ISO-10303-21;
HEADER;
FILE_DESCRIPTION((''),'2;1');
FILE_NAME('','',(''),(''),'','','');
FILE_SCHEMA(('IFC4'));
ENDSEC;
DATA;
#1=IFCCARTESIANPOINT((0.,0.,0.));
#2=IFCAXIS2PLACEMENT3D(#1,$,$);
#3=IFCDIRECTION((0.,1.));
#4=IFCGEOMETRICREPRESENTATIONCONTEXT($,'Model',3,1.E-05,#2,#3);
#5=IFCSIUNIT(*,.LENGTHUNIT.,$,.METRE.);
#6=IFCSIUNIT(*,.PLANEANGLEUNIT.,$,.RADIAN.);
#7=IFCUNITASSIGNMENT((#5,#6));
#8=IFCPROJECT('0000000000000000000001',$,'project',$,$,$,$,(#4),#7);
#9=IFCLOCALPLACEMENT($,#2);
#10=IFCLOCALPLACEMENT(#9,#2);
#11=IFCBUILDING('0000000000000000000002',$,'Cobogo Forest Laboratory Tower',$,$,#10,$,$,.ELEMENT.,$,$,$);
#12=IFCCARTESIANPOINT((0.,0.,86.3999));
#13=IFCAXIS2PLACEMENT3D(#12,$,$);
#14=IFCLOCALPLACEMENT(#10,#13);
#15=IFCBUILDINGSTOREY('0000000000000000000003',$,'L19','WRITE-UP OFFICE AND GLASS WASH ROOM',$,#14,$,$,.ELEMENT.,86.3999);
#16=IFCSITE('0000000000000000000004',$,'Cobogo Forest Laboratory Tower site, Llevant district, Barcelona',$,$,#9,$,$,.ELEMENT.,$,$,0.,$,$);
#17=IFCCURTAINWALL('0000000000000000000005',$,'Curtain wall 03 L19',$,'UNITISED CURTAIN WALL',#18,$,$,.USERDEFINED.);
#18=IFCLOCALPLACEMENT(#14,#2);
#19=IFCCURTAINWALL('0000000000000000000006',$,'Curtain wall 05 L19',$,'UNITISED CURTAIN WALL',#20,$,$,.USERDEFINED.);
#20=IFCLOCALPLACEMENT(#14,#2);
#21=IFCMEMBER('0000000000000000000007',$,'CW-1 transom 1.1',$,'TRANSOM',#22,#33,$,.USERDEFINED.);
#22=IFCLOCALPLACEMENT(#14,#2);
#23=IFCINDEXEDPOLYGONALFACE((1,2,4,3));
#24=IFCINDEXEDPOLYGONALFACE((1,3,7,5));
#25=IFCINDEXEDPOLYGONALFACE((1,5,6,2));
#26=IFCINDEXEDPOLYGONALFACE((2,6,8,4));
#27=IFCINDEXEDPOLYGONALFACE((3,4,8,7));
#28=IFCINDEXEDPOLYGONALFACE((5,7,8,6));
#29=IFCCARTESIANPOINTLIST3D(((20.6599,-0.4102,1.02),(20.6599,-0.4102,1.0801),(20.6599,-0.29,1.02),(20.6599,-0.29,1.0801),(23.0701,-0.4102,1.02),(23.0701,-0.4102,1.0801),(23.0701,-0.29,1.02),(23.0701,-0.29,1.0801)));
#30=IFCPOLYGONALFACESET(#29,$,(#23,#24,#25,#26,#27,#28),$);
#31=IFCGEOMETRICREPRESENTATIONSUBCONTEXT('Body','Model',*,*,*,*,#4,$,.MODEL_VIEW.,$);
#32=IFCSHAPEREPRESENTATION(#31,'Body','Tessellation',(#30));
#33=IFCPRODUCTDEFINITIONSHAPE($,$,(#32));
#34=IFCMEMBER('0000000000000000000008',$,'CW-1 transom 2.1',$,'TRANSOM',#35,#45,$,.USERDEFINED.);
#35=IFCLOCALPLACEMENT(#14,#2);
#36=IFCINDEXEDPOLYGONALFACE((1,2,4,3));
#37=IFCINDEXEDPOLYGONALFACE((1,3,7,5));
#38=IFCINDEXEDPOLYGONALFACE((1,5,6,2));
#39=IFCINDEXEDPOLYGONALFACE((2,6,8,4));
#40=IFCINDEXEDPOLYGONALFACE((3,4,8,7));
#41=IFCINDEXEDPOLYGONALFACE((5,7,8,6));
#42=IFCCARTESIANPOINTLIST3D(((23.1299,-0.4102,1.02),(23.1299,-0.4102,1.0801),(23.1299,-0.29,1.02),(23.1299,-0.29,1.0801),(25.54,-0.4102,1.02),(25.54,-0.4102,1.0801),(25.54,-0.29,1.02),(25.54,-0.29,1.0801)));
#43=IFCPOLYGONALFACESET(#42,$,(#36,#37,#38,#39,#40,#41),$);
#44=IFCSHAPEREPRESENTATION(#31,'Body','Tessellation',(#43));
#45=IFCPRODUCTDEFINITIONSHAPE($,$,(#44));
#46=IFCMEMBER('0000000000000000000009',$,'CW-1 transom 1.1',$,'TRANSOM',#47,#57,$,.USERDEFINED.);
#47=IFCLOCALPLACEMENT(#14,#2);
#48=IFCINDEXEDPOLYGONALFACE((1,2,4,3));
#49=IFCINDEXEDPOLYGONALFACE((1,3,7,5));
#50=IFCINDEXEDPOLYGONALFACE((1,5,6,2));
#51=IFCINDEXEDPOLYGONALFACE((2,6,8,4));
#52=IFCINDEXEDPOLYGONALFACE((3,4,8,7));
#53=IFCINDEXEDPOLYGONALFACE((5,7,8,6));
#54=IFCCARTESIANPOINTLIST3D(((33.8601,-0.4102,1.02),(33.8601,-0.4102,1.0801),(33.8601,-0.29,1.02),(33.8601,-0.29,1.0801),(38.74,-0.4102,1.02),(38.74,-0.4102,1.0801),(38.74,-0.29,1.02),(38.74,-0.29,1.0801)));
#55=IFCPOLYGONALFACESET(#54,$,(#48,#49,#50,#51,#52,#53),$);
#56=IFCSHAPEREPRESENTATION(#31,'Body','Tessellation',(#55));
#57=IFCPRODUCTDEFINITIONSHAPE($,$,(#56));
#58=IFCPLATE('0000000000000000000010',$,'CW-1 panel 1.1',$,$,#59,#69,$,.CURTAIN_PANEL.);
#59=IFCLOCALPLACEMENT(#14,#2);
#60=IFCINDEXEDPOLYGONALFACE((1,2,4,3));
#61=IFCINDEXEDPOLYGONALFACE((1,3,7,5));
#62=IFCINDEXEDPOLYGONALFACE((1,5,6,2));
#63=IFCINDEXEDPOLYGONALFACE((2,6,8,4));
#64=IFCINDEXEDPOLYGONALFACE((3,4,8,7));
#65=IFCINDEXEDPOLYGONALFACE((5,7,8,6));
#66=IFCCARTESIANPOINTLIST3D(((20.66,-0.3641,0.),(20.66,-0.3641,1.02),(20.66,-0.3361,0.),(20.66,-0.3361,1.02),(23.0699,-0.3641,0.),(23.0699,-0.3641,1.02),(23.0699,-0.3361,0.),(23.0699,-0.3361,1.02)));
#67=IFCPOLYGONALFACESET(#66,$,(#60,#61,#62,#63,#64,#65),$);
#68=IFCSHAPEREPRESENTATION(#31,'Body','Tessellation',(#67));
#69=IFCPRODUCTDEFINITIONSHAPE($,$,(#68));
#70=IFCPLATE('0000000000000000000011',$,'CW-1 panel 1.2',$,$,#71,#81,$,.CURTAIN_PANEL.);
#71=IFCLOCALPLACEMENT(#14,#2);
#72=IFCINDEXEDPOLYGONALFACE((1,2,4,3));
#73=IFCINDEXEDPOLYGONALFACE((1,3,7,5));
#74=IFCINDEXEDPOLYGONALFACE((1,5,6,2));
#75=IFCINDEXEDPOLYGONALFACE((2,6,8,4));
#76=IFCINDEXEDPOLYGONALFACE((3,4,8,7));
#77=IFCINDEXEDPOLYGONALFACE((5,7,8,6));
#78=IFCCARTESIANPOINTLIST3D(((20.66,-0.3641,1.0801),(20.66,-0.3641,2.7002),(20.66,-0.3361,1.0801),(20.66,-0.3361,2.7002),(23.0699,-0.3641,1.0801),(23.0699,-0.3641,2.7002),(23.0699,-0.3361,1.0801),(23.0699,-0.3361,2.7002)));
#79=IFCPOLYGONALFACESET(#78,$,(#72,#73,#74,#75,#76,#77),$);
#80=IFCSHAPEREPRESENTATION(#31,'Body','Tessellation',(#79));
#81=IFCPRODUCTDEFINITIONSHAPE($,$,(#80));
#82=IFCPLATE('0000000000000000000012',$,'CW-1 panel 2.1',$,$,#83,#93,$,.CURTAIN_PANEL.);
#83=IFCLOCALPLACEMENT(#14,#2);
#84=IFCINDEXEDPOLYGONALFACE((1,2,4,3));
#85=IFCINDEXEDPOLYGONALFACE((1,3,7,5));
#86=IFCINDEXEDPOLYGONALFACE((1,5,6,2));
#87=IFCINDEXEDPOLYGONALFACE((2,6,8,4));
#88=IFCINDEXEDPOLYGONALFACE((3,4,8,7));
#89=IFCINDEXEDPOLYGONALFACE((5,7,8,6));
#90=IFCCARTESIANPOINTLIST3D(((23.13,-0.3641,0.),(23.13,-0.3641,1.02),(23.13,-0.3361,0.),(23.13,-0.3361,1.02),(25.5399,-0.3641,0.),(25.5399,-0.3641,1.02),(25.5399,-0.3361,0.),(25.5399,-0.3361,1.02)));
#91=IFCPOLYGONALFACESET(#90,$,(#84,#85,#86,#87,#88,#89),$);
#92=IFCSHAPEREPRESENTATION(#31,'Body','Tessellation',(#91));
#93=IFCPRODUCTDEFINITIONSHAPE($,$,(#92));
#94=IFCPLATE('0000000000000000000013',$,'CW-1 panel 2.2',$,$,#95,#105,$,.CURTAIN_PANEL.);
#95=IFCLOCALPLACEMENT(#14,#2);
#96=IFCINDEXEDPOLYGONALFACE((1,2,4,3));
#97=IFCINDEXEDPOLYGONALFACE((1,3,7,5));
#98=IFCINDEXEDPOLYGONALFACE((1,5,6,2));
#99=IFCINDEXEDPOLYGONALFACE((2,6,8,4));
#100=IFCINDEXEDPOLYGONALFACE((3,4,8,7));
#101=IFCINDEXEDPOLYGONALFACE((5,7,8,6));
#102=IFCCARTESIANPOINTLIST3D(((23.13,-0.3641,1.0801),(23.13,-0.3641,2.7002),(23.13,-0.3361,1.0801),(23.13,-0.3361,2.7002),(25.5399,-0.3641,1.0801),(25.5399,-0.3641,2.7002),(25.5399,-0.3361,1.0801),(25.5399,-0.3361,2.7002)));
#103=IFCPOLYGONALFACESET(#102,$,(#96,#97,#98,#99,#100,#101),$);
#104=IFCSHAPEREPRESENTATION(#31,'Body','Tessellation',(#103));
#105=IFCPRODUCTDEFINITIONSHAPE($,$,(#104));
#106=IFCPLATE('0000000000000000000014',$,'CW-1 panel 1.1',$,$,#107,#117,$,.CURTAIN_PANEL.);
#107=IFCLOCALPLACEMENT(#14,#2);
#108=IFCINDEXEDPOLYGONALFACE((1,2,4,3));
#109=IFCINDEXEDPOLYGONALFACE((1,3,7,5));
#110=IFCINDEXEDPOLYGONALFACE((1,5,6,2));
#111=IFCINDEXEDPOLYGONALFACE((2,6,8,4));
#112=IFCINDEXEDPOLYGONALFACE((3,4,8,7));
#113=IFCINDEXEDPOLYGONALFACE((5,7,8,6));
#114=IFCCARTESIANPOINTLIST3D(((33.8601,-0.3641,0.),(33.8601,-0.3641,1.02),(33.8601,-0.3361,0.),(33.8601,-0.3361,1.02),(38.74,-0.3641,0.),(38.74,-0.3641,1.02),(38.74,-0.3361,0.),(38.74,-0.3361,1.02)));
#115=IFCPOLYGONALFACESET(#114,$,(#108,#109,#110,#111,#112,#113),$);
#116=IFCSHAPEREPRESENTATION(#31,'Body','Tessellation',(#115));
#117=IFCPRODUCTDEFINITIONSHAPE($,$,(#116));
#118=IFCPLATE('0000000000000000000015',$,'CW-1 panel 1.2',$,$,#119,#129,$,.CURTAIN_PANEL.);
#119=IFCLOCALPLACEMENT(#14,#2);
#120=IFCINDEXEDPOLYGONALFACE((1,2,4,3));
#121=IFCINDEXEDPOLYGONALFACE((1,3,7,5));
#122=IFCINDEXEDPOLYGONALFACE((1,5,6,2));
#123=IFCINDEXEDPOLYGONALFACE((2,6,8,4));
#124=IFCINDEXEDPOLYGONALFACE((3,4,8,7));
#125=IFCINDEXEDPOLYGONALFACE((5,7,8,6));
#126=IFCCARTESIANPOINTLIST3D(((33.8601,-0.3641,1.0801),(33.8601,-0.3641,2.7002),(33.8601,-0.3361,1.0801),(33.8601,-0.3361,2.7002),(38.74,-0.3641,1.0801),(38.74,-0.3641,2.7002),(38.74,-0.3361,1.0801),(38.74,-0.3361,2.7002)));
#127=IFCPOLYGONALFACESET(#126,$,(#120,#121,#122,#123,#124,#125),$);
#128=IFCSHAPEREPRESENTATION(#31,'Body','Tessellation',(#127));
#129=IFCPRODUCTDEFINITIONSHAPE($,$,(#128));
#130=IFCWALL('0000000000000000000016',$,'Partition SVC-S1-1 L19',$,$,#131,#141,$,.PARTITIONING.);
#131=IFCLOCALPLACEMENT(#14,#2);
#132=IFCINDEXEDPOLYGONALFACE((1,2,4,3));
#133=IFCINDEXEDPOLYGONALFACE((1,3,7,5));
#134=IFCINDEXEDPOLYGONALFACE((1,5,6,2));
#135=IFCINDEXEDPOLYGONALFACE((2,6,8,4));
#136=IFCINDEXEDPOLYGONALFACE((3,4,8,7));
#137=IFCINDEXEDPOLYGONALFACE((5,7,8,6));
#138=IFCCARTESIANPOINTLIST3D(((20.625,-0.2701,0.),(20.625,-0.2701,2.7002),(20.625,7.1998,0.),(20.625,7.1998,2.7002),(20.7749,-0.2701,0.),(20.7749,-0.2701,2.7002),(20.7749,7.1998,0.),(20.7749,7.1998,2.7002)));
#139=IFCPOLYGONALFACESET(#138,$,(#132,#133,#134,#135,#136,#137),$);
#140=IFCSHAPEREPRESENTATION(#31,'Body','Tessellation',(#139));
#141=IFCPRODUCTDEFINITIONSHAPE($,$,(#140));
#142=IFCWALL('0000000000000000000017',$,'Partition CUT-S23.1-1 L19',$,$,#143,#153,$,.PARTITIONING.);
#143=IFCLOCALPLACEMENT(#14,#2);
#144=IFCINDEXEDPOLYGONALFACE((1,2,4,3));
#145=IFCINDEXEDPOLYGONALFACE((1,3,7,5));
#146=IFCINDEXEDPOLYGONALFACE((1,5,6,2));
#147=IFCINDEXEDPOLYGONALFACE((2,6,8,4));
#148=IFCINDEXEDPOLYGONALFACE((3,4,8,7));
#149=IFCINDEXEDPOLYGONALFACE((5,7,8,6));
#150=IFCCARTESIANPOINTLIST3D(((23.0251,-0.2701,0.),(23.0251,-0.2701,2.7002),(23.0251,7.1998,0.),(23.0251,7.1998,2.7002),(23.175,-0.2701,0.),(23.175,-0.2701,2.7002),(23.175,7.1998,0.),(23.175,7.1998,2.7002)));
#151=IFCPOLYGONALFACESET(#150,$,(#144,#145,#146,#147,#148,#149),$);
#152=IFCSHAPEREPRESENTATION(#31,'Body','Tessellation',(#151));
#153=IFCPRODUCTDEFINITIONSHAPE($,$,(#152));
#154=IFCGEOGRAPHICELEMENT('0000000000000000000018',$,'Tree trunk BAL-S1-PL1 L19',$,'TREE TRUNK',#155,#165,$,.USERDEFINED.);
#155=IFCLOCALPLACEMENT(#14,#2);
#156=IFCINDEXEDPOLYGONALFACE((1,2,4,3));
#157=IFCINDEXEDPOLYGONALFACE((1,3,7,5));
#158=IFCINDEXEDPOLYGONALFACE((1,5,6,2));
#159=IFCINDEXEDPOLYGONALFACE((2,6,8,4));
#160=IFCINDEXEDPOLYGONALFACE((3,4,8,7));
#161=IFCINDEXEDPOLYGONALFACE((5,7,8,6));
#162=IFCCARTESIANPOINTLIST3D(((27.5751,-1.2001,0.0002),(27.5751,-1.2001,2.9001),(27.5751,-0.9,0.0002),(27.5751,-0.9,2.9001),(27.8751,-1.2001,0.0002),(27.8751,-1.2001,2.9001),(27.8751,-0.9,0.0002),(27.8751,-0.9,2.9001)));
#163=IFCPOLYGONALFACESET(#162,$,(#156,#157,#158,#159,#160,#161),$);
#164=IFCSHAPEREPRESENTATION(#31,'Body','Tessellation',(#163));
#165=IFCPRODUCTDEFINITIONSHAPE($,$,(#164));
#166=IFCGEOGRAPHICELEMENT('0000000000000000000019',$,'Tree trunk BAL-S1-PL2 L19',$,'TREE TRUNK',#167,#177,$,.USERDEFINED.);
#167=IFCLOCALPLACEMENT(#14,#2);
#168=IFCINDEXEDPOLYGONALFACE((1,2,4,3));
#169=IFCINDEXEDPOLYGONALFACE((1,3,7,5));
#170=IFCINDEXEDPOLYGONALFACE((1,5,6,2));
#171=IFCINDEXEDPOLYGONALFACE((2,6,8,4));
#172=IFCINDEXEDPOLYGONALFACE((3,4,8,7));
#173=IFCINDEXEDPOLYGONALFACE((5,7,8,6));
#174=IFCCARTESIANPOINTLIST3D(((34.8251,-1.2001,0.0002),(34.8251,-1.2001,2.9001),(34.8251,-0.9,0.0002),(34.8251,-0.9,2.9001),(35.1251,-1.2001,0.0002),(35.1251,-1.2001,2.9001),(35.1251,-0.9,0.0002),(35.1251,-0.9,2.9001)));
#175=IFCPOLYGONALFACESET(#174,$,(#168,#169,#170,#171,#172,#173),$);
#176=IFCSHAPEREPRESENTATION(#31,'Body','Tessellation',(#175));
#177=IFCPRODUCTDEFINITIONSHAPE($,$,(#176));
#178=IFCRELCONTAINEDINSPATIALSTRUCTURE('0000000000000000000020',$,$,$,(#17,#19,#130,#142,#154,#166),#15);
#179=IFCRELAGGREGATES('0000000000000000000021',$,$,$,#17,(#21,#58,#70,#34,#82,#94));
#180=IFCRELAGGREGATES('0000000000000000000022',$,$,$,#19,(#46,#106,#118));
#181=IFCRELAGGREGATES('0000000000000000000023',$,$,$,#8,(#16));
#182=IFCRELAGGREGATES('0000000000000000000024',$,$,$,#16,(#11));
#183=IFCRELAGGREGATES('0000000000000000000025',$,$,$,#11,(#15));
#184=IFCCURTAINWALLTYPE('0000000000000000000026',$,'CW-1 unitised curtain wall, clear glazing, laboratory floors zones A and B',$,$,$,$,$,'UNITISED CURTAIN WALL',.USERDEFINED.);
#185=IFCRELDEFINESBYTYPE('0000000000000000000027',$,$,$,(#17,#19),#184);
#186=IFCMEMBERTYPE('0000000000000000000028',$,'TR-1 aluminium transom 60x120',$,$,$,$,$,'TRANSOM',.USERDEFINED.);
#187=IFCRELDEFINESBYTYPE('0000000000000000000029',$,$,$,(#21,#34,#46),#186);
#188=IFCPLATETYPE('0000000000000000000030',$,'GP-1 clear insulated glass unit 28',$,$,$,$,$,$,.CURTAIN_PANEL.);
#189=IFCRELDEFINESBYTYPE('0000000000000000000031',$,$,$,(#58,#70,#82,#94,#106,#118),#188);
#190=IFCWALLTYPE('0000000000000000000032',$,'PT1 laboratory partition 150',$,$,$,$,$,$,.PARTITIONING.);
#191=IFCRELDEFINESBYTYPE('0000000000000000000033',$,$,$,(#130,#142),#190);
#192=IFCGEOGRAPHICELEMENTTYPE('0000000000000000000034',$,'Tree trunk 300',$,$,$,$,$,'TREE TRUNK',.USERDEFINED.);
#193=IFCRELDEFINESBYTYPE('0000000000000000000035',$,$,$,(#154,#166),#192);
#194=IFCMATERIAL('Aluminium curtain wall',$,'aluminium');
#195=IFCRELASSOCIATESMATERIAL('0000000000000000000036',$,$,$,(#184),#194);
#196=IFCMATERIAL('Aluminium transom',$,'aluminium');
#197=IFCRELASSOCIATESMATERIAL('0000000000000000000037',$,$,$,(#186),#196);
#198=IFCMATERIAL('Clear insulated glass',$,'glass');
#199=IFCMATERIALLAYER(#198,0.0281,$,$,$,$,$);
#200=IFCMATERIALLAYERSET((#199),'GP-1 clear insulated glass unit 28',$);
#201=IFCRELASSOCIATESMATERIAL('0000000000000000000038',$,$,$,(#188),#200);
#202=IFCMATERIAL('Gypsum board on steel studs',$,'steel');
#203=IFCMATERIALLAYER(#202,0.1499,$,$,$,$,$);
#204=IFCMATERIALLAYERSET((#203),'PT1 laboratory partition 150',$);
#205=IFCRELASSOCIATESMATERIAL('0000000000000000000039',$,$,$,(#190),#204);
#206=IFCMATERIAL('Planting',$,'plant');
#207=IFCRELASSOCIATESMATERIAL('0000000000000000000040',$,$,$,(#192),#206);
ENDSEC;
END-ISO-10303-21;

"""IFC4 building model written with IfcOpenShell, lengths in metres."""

from ifc_helpers import new_model, si_unit, direction, frame, frame_2d, origin, origin_2d, place, context, subcontext, project, spatial, rectangle, extrude, material, layer, layer_set, material_profile, profile_set, type_object, element, aggregate, save


model = new_model("IFC4")

# Units and contexts
model_context = context("Model", 3, precision=1e-05, world=origin(), true_north=direction((0.0, 1.0)))
body_context = subcontext(model_context, "Body", "Model", "MODEL_VIEW")
ifc_project = project(units=[si_unit("LENGTHUNIT", "METRE"), si_unit("PLANEANGLEUNIT", "RADIAN")], contexts=[model_context])

# Site, building, storey
site_placement = place(None, origin())
site = spatial("IfcSite", under=ifc_project, at=site_placement, Name="Cobogo Forest Laboratory Tower site, Llevant district, Barcelona", CompositionType="ELEMENT", RefElevation=0.0)
building_placement = place(site_placement, origin())
building = spatial("IfcBuilding", under=site, at=building_placement, Name="Cobogo Forest Laboratory Tower", CompositionType="ELEMENT")
storey_placement = place(building_placement, frame((0.0, 0.0, 86.3999)))
storey = spatial("IfcBuildingStorey", under=building, at=storey_placement, Name="L19", Description="WRITE-UP OFFICE AND GLASS WASH ROOM", CompositionType="ELEMENT", Elevation=86.3999)

# Curtain walls
ifc_material_1 = material(Name="Aluminium curtain wall", Category="aluminium")
curtain_wall_type = type_object("IfcCurtainWallType", Name="CW-1 unitised curtain wall, clear glazing, laboratory floors zones A and B", ElementType="UNITISED CURTAIN WALL", PredefinedType="USERDEFINED", material=ifc_material_1)
curtain_wall_1_placement = place(storey_placement, origin())
curtain_wall_1 = element("IfcCurtainWall", 1, at=curtain_wall_1_placement, inside=storey, type_object=curtain_wall_type, Name="Curtain wall 03 L19", ObjectType="UNITISED CURTAIN WALL", PredefinedType="USERDEFINED")
curtain_wall_2_placement = place(storey_placement, origin())
curtain_wall_2 = element("IfcCurtainWall", 2, at=curtain_wall_2_placement, inside=storey, type_object=curtain_wall_type, Name="Curtain wall 05 L19", ObjectType="UNITISED CURTAIN WALL", PredefinedType="USERDEFINED")

# Members
ifc_material_2 = material(Name="Aluminium transom", Category="aluminium")
ifc_material_profile_1 = material_profile(ifc_material_2, rectangle(XDim=0.1201, YDim=0.0601, at=origin_2d()), Name="AL 60x120")
ifc_profile_set_1 = profile_set([ifc_material_profile_1], Name="Aluminium transom")
member_type_1 = type_object("IfcMemberType", Name="TR-1 aluminium transom 60x120", ElementType="TRANSOM", PredefinedType="USERDEFINED", material=ifc_profile_set_1)
member_1_placement = place(storey_placement, frame((20.6599, -0.3501, 1.05), z_axis=(1.0, 0.0, 0.0), x_axis=(0.0, 1.0, 0.0)))
member_1 = element("IfcMember", 3, at=member_1_placement, type_object=member_type_1, Name="CW-1 transom 1.1", ObjectType="TRANSOM", PredefinedType="USERDEFINED", context=body_context, shape_type="SweptSolid", body=[
    extrude(rectangle(XDim=0.1201, YDim=0.0601, at=origin_2d()), origin(), (0.0, 0.0, 1.0), 2.4102),
])
member_2_placement = place(storey_placement, frame((23.1299, -0.3501, 1.05), z_axis=(1.0, 0.0, 0.0), x_axis=(0.0, 1.0, 0.0)))
member_2 = element("IfcMember", 4, at=member_2_placement, type_object=member_type_1, Name="CW-1 transom 2.1", ObjectType="TRANSOM", PredefinedType="USERDEFINED", context=body_context, shape_type="SweptSolid", body=[
    extrude(rectangle(XDim=0.1201, YDim=0.0601, at=origin_2d()), origin(), (0.0, 0.0, 1.0), 2.4102),
])
member_3_placement = place(storey_placement, frame((33.8601, -0.3501, 1.05), z_axis=(1.0, 0.0, 0.0), x_axis=(0.0, 1.0, 0.0)))
member_3 = element("IfcMember", 5, at=member_3_placement, type_object=member_type_1, Name="CW-1 transom 1.1", ObjectType="TRANSOM", PredefinedType="USERDEFINED", context=body_context, shape_type="SweptSolid", body=[
    extrude(rectangle(XDim=0.1201, YDim=0.0601, at=origin_2d()), origin(), (0.0, 0.0, 1.0), 4.8799),
])

# Plates
ifc_material_3 = material(Name="Clear insulated glass", Category="glass")
ifc_layer_1 = layer(ifc_material_3, 0.0281)
ifc_layer_set_1 = layer_set([ifc_layer_1], Name="GP-1 clear insulated glass unit 28")
plate_type_1 = type_object("IfcPlateType", Name="GP-1 clear insulated glass unit 28", PredefinedType="CURTAIN_PANEL", material=ifc_layer_set_1)
plate_1_placement = place(storey_placement, frame((21.865, -0.3501, 0.0), z_axis=(0.0, 0.0, 1.0), x_axis=(1.0, 0.0, 0.0)))
plate_1 = element("IfcPlate", 6, at=plate_1_placement, type_object=plate_type_1, Name="CW-1 panel 1.1", PredefinedType="CURTAIN_PANEL", context=body_context, shape_type="SweptSolid", body=[
    extrude(rectangle(XDim=2.4099, YDim=0.0281, at=origin_2d()), origin(), (0.0, 0.0, 1.0), 1.02),
])
plate_2_placement = place(storey_placement, frame((21.865, -0.3501, 1.0801), z_axis=(0.0, 0.0, 1.0), x_axis=(1.0, 0.0, 0.0)))
plate_2 = element("IfcPlate", 7, at=plate_2_placement, type_object=plate_type_1, Name="CW-1 panel 1.2", PredefinedType="CURTAIN_PANEL", context=body_context, shape_type="SweptSolid", body=[
    extrude(rectangle(XDim=2.4099, YDim=0.0281, at=origin_2d()), origin(), (0.0, 0.0, 1.0), 1.6201),
])
plate_3_placement = place(storey_placement, frame((24.335, -0.3501, 0.0), z_axis=(0.0, 0.0, 1.0), x_axis=(1.0, 0.0, 0.0)))
plate_3 = element("IfcPlate", 8, at=plate_3_placement, type_object=plate_type_1, Name="CW-1 panel 2.1", PredefinedType="CURTAIN_PANEL", context=body_context, shape_type="SweptSolid", body=[
    extrude(rectangle(XDim=2.4099, YDim=0.0281, at=origin_2d()), origin(), (0.0, 0.0, 1.0), 1.02),
])
plate_4_placement = place(storey_placement, frame((24.335, -0.3501, 1.0801), z_axis=(0.0, 0.0, 1.0), x_axis=(1.0, 0.0, 0.0)))
plate_4 = element("IfcPlate", 9, at=plate_4_placement, type_object=plate_type_1, Name="CW-1 panel 2.2", PredefinedType="CURTAIN_PANEL", context=body_context, shape_type="SweptSolid", body=[
    extrude(rectangle(XDim=2.4099, YDim=0.0281, at=origin_2d()), origin(), (0.0, 0.0, 1.0), 1.6201),
])
aggregate(curtain_wall_1, [member_1, plate_1, plate_2, member_2, plate_3, plate_4])
plate_5_placement = place(storey_placement, frame((36.3, -0.3501, 0.0), z_axis=(0.0, 0.0, 1.0), x_axis=(1.0, 0.0, 0.0)))
plate_5 = element("IfcPlate", 10, at=plate_5_placement, type_object=plate_type_1, Name="CW-1 panel 1.1", PredefinedType="CURTAIN_PANEL", context=body_context, shape_type="SweptSolid", body=[
    extrude(rectangle(XDim=4.8799, YDim=0.0281, at=origin_2d()), origin(), (0.0, 0.0, 1.0), 1.02),
])
plate_6_placement = place(storey_placement, frame((36.3, -0.3501, 1.0801), z_axis=(0.0, 0.0, 1.0), x_axis=(1.0, 0.0, 0.0)))
plate_6 = element("IfcPlate", 11, at=plate_6_placement, type_object=plate_type_1, Name="CW-1 panel 1.2", PredefinedType="CURTAIN_PANEL", context=body_context, shape_type="SweptSolid", body=[
    extrude(rectangle(XDim=4.8799, YDim=0.0281, at=origin_2d()), origin(), (0.0, 0.0, 1.0), 1.6201),
])
aggregate(curtain_wall_2, [member_3, plate_5, plate_6])

# Walls
ifc_material_4 = material(Name="Gypsum board on steel studs", Category="steel")
ifc_layer_2 = layer(ifc_material_4, 0.1499)
ifc_layer_set_2 = layer_set([ifc_layer_2], Name="PT1 laboratory partition 150")
wall_type_1 = type_object("IfcWallType", Name="PT1 laboratory partition 150", PredefinedType="PARTITIONING", material=ifc_layer_set_2)
for number, where, z_axis, x_axis, name in (
    (12, (20.7, -0.27, 0.0), (0.0, 0.0, 1.0), (0.0, 1.0, 0.0), "Partition SVC-S1-1 L19"),
    (13, (23.1001, -0.27, 0.0), (0.0, 0.0, 1.0), (0.0, 1.0, 0.0), "Partition CUT-S23.1-1 L19"),
):
    element("IfcWall", number, at=place(storey_placement, frame(where, z_axis=z_axis, x_axis=x_axis)), inside=storey, type_object=wall_type_1, Name=name, PredefinedType="PARTITIONING", context=body_context, shape_type="SweptSolid", body=[
        extrude(rectangle(XDim=7.47, YDim=0.1499, at=frame_2d((3.7349, 0.0))), origin(), (0.0, 0.0, 1.0), 2.7002),
    ])

# Geographic elements
ifc_material_5 = material(Name="Planting", Category="plant")
geographic_element_type = type_object("IfcGeographicElementType", Name="Tree trunk 300", ElementType="TREE TRUNK", PredefinedType="USERDEFINED", material=ifc_material_5)
for number, where, z_axis, x_axis, name in (
    (14, (27.7251, -1.05, 0.0002), (0.0, 0.0, 1.0), (1.0, 0.0, 0.0), "Tree trunk BAL-S1-PL1 L19"),
    (15, (34.9751, -1.05, 0.0002), (0.0, 0.0, 1.0), (1.0, 0.0, 0.0), "Tree trunk BAL-S1-PL2 L19"),
):
    element("IfcGeographicElement", number, at=place(storey_placement, frame(where, z_axis=z_axis, x_axis=x_axis)), inside=storey, type_object=geographic_element_type, Name=name, ObjectType="TREE TRUNK", PredefinedType="USERDEFINED", context=body_context, shape_type="SweptSolid", body=[
        extrude(rectangle(XDim=0.3, YDim=0.3, at=origin_2d()), origin(), (0.0, 0.0, 1.0), 2.8999),
    ])

save(model, "model.ifc")
